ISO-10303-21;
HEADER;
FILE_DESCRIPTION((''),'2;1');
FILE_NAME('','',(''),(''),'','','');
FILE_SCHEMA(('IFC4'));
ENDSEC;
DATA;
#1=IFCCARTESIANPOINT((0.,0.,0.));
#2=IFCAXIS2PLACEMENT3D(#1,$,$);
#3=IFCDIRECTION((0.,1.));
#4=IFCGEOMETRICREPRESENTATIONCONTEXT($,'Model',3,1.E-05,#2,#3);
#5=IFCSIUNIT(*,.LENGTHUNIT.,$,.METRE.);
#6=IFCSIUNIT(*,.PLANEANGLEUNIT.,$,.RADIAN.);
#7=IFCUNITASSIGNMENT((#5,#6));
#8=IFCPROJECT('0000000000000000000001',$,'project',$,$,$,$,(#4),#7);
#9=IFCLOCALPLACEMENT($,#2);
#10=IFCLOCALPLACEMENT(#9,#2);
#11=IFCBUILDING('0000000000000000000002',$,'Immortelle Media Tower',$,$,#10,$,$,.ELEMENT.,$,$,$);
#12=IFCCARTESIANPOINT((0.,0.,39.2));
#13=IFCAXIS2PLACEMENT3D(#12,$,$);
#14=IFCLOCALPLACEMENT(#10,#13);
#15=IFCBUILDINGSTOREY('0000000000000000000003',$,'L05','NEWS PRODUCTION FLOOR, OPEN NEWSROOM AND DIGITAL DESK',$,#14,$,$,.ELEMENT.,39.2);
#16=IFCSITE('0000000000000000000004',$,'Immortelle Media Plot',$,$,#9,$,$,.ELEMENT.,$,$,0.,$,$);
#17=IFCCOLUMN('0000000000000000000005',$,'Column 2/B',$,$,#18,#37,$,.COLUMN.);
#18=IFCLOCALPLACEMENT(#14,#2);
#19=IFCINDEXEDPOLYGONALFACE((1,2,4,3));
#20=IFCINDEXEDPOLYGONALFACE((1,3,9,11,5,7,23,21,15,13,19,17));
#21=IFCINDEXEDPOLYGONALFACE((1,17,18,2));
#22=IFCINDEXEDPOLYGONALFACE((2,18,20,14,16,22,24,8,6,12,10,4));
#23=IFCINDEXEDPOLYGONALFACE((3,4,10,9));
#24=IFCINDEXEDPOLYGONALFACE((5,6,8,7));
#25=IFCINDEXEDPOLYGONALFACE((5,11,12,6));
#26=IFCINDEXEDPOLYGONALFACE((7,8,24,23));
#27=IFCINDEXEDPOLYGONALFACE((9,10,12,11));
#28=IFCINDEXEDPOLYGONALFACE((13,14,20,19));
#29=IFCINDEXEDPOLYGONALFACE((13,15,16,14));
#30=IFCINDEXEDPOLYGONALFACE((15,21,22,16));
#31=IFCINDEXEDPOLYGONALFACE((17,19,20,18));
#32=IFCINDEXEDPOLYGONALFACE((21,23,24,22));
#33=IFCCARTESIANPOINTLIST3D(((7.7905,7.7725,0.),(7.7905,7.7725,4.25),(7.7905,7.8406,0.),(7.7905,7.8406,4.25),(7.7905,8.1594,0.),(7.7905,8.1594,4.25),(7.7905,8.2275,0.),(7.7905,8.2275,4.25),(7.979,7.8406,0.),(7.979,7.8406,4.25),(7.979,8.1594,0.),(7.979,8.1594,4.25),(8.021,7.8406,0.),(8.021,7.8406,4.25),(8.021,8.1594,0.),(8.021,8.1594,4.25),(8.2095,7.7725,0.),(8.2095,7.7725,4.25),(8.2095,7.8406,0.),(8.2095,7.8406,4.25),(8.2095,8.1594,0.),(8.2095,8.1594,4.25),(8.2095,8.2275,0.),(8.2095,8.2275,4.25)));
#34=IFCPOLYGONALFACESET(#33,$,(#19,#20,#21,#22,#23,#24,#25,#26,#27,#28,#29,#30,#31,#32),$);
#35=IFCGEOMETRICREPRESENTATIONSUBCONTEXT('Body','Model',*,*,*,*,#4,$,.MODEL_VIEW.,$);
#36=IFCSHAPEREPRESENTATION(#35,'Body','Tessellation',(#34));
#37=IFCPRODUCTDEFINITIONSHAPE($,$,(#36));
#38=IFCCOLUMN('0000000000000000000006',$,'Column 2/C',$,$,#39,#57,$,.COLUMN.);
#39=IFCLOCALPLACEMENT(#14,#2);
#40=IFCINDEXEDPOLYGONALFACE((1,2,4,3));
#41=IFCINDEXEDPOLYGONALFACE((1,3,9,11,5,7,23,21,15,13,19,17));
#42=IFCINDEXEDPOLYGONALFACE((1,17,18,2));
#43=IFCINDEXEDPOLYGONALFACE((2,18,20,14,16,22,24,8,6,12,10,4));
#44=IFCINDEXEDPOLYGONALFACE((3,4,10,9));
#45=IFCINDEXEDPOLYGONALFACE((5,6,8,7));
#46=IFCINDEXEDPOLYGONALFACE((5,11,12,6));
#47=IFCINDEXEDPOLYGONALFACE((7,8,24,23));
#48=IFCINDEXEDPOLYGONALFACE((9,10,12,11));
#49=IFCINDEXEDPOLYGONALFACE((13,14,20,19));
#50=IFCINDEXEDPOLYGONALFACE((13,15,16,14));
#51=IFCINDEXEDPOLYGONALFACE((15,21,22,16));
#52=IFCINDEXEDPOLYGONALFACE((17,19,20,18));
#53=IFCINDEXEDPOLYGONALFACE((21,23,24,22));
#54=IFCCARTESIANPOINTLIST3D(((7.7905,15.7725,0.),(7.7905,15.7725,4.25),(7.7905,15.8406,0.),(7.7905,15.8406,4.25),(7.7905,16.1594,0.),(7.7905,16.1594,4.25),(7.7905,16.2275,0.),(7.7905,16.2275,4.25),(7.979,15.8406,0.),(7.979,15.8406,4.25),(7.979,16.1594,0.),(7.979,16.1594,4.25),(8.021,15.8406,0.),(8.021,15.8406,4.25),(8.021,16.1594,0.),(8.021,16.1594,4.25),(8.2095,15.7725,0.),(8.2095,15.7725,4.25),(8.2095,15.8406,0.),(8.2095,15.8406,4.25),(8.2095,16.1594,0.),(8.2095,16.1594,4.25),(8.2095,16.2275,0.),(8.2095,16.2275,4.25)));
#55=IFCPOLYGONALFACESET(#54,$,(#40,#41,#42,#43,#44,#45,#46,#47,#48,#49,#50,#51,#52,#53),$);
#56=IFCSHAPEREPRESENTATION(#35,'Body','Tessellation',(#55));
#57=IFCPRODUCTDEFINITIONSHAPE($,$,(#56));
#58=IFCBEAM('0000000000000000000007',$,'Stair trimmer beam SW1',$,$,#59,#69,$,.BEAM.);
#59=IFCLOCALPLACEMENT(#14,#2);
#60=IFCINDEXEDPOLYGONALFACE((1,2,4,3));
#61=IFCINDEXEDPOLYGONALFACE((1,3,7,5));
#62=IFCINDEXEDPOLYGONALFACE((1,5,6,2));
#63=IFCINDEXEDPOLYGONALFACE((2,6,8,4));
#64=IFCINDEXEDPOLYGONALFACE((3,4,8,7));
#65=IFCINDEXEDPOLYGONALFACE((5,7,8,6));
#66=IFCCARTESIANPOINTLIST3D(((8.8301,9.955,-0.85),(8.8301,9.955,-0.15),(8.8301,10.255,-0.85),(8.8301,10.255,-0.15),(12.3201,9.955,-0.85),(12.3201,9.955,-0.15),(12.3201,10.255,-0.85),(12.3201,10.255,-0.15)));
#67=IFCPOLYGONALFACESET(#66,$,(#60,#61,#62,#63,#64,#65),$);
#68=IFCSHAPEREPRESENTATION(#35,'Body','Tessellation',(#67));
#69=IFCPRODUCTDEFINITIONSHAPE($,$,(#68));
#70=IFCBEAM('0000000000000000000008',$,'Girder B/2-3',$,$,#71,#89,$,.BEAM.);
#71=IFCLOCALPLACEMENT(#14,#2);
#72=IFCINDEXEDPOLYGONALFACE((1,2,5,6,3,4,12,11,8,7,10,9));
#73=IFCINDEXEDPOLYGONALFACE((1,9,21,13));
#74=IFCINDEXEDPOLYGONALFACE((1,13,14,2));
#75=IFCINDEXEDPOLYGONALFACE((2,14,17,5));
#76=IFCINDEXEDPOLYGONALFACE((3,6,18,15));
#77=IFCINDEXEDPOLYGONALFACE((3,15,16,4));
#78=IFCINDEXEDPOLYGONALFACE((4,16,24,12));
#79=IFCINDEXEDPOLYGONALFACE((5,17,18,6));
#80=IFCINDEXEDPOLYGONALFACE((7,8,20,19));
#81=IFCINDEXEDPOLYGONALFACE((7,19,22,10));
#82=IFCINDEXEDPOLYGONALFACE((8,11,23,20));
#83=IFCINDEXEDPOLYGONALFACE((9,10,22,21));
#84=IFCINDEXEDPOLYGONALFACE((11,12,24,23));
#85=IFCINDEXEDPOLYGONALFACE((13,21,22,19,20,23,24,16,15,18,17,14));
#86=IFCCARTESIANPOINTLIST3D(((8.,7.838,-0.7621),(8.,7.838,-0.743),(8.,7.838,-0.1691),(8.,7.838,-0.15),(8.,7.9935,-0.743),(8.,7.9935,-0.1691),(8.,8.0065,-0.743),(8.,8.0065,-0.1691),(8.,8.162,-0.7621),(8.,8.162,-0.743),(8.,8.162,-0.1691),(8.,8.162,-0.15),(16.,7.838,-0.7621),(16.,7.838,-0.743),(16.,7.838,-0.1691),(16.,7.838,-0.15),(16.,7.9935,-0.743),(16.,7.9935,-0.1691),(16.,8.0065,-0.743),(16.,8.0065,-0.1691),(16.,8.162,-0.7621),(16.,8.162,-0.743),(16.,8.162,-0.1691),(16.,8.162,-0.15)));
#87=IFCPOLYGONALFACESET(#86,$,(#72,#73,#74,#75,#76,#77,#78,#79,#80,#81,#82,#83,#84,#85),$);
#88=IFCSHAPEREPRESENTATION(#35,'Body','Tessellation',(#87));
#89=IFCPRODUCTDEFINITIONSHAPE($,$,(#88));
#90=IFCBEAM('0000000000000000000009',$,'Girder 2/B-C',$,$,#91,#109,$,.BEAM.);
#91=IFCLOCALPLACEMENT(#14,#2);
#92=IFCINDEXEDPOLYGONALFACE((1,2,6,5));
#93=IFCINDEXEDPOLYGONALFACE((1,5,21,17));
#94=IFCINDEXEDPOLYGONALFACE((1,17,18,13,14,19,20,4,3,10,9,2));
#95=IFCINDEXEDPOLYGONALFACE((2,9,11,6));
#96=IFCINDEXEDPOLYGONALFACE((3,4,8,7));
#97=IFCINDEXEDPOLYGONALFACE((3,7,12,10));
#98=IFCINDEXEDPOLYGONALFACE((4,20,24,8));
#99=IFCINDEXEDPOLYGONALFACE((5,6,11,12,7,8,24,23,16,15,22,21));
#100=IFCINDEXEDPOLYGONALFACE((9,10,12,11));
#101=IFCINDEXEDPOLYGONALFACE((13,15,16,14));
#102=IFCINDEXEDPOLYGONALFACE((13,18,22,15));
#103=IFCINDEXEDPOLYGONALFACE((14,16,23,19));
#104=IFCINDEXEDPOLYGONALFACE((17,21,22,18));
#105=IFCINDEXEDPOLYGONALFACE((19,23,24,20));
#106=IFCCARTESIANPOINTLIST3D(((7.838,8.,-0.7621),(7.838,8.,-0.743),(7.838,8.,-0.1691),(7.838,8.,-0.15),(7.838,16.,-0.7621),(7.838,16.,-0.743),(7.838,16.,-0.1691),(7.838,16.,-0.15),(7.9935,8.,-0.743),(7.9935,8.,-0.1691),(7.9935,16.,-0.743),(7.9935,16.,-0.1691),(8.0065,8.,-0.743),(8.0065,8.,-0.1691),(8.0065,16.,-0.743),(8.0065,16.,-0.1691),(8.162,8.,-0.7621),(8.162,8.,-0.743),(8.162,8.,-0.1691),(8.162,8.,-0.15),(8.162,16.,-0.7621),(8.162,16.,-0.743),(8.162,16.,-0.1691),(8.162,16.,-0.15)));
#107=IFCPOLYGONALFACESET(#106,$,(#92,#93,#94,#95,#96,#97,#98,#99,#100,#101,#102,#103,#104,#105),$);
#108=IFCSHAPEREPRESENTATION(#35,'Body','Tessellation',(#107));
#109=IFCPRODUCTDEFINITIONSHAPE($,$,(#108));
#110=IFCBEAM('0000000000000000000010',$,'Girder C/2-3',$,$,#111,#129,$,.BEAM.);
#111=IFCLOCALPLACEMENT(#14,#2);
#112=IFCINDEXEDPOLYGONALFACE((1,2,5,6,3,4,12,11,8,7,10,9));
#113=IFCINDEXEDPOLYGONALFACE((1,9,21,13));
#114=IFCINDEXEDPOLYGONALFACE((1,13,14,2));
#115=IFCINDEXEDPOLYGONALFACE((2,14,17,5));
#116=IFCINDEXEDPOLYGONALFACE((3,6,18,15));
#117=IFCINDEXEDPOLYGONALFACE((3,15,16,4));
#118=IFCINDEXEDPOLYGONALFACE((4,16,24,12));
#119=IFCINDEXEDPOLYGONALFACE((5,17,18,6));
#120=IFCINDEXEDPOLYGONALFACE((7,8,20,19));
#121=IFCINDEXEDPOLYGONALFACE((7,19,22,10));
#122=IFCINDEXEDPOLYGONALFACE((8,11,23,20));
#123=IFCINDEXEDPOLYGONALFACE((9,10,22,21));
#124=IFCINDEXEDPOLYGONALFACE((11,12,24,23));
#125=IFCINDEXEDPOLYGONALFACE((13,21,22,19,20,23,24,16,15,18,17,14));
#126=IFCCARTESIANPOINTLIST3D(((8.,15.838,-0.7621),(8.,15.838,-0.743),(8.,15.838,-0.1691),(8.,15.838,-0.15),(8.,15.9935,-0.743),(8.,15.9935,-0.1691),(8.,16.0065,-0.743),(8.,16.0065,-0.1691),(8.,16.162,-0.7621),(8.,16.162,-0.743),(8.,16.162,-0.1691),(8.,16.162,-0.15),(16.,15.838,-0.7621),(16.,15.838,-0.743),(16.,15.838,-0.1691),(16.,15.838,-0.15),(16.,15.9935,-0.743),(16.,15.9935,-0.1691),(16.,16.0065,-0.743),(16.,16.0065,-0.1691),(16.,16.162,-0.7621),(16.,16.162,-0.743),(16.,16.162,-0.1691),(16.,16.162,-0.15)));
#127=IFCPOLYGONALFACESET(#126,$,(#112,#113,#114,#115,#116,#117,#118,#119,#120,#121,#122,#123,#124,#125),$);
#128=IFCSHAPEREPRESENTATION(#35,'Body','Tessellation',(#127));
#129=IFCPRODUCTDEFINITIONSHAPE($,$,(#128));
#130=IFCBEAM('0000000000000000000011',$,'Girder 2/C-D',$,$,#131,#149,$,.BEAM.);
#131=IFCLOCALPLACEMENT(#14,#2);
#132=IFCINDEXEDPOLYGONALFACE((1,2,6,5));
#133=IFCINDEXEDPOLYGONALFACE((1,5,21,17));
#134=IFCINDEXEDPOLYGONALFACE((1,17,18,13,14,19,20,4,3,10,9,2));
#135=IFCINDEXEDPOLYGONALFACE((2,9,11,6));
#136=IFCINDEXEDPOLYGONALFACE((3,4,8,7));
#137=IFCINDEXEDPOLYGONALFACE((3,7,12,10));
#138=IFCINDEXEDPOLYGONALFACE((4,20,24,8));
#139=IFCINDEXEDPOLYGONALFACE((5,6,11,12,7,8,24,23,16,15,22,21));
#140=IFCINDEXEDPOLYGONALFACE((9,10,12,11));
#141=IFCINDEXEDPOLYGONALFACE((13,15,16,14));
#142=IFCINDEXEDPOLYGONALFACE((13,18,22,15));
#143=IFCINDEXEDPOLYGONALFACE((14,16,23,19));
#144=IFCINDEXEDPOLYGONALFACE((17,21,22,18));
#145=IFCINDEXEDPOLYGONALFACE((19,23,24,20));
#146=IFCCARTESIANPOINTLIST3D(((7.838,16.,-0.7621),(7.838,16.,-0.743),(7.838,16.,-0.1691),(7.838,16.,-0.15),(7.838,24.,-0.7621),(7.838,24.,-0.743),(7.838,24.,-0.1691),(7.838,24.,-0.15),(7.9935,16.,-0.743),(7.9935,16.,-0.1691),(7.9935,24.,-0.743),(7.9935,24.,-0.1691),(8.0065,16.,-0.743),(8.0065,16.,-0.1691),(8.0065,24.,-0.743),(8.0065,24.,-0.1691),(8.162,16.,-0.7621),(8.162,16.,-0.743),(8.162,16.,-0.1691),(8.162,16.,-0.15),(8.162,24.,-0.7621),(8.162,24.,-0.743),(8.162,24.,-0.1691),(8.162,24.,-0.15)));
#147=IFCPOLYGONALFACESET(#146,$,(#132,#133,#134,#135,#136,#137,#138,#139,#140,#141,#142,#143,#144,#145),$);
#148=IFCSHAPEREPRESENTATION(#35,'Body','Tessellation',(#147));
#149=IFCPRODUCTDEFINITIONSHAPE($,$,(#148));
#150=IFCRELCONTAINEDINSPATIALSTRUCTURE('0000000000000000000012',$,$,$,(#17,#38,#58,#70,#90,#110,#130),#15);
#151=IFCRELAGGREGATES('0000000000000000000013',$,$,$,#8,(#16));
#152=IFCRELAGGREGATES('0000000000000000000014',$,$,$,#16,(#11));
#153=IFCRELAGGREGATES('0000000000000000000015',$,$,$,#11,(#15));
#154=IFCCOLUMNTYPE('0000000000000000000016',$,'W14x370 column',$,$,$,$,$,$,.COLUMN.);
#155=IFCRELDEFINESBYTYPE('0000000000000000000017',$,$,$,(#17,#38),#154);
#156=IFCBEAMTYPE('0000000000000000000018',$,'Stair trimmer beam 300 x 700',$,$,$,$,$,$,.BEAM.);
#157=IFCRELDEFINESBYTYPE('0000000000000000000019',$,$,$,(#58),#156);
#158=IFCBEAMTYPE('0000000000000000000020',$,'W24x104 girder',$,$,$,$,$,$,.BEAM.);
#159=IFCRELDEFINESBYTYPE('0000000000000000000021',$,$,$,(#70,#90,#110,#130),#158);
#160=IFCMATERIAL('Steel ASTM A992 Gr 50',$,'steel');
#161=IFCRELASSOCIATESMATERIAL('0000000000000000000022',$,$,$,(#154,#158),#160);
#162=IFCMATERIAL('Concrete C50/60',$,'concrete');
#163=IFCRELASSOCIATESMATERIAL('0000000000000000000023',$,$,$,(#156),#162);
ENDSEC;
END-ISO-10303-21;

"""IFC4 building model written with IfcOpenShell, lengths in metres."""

from ifc_helpers import new_model, si_unit, direction, frame, origin, origin_2d, place, context, subcontext, project, spatial, rectangle, i_section, extrude, material, material_profile, profile_set, type_object, element, save


model = new_model("IFC4")

# Units and contexts
model_context = context("Model", 3, precision=1e-05, world=origin(), true_north=direction((0.0, 1.0)))
body_context = subcontext(model_context, "Body", "Model", "MODEL_VIEW")
ifc_project = project(units=[si_unit("LENGTHUNIT", "METRE"), si_unit("PLANEANGLEUNIT", "RADIAN")], contexts=[model_context])

# Site, building, storey
site_placement = place(None, origin())
site = spatial("IfcSite", under=ifc_project, at=site_placement, Name="Immortelle Media Plot", CompositionType="ELEMENT", RefElevation=0.0)
building_placement = place(site_placement, origin())
building = spatial("IfcBuilding", under=site, at=building_placement, Name="Immortelle Media Tower", CompositionType="ELEMENT")
storey_placement = place(building_placement, frame((0.0, 0.0, 39.2)))
storey = spatial("IfcBuildingStorey", under=building, at=storey_placement, Name="L05", Description="NEWS PRODUCTION FLOOR, OPEN NEWSROOM AND DIGITAL DESK", CompositionType="ELEMENT", Elevation=39.2)

# Columns
ifc_material_1 = material(Name="Steel ASTM A992 Gr 50", Category="steel")
ifc_material_profile_1 = material_profile(ifc_material_1, i_section(OverallWidth=0.4189, OverallDepth=0.4551, WebThickness=0.042, FlangeThickness=0.0681, at=origin_2d()), Name="W14x370")
ifc_profile_set_1 = profile_set([ifc_material_profile_1], Name="Steel ASTM A992 Gr 50")
column_type = type_object("IfcColumnType", Name="W14x370 column", PredefinedType="COLUMN", material=ifc_profile_set_1)
for number, where, z_axis, x_axis, name in (
    (1, (8.0, 8.0, 0.0), (0.0, 0.0, 1.0), (1.0, 0.0, 0.0), "Column 2/B"),
    (2, (8.0, 16.0, 0.0), (0.0, 0.0, 1.0), (1.0, 0.0, 0.0), "Column 2/C"),
):
    element("IfcColumn", number, at=place(storey_placement, frame(where, z_axis=z_axis, x_axis=x_axis)), inside=storey, type_object=column_type, Name=name, PredefinedType="COLUMN", context=body_context, shape_type="SweptSolid", body=[
        extrude(i_section(OverallWidth=0.4189, OverallDepth=0.4551, WebThickness=0.042, FlangeThickness=0.0681, at=origin_2d()), origin(), (0.0, 0.0, 1.0), 4.25),
    ])

# Beams
ifc_material_2 = material(Name="Concrete C50/60", Category="concrete")
ifc_material_profile_2 = material_profile(ifc_material_2, rectangle(XDim=0.3, YDim=0.7, at=origin_2d()), Name="RC 300x700")
ifc_profile_set_2 = profile_set([ifc_material_profile_2], Name="Concrete C50/60")
beam_type_1 = type_object("IfcBeamType", Name="Stair trimmer beam 300 x 700", PredefinedType="BEAM", material=ifc_profile_set_2)
beam_placement = place(storey_placement, frame((8.8301, 10.105, -0.5), z_axis=(1.0, 0.0, 0.0), x_axis=(0.0, 1.0, 0.0)))
element("IfcBeam", 3, at=beam_placement, inside=storey, type_object=beam_type_1, Name="Stair trimmer beam SW1", PredefinedType="BEAM", context=body_context, shape_type="SweptSolid", body=[
    extrude(rectangle(XDim=0.3, YDim=0.7, at=origin_2d()), origin(), (0.0, 0.0, 1.0), 3.49),
])
ifc_material_profile_3 = material_profile(ifc_material_1, i_section(OverallWidth=0.324, OverallDepth=0.6121, WebThickness=0.0129, FlangeThickness=0.019, at=origin_2d()), Name="W24x104")
ifc_profile_set_3 = profile_set([ifc_material_profile_3], Name="Steel ASTM A992 Gr 50")
beam_type_2 = type_object("IfcBeamType", Name="W24x104 girder", PredefinedType="BEAM", material=ifc_profile_set_3)
for number, where, z_axis, x_axis, name in (
    (4, (8.0, 8.0, -0.4561), (1.0, 0.0, 0.0), (0.0, 1.0, 0.0), "Girder B/2-3"),
    (5, (8.0, 8.0, -0.4561), (0.0, 1.0, 0.0), (-1.0, 0.0, 0.0), "Girder 2/B-C"),
    (6, (8.0, 16.0, -0.4561), (1.0, 0.0, 0.0), (0.0, 1.0, 0.0), "Girder C/2-3"),
    (7, (8.0, 16.0, -0.4561), (0.0, 1.0, 0.0), (-1.0, 0.0, 0.0), "Girder 2/C-D"),
):
    element("IfcBeam", number, at=place(storey_placement, frame(where, z_axis=z_axis, x_axis=x_axis)), inside=storey, type_object=beam_type_2, Name=name, PredefinedType="BEAM", context=body_context, shape_type="SweptSolid", body=[
        extrude(i_section(OverallWidth=0.324, OverallDepth=0.6121, WebThickness=0.0129, FlangeThickness=0.019, at=origin_2d()), origin(), (0.0, 0.0, 1.0), 8.0),
    ])

save(model, "model.ifc")
